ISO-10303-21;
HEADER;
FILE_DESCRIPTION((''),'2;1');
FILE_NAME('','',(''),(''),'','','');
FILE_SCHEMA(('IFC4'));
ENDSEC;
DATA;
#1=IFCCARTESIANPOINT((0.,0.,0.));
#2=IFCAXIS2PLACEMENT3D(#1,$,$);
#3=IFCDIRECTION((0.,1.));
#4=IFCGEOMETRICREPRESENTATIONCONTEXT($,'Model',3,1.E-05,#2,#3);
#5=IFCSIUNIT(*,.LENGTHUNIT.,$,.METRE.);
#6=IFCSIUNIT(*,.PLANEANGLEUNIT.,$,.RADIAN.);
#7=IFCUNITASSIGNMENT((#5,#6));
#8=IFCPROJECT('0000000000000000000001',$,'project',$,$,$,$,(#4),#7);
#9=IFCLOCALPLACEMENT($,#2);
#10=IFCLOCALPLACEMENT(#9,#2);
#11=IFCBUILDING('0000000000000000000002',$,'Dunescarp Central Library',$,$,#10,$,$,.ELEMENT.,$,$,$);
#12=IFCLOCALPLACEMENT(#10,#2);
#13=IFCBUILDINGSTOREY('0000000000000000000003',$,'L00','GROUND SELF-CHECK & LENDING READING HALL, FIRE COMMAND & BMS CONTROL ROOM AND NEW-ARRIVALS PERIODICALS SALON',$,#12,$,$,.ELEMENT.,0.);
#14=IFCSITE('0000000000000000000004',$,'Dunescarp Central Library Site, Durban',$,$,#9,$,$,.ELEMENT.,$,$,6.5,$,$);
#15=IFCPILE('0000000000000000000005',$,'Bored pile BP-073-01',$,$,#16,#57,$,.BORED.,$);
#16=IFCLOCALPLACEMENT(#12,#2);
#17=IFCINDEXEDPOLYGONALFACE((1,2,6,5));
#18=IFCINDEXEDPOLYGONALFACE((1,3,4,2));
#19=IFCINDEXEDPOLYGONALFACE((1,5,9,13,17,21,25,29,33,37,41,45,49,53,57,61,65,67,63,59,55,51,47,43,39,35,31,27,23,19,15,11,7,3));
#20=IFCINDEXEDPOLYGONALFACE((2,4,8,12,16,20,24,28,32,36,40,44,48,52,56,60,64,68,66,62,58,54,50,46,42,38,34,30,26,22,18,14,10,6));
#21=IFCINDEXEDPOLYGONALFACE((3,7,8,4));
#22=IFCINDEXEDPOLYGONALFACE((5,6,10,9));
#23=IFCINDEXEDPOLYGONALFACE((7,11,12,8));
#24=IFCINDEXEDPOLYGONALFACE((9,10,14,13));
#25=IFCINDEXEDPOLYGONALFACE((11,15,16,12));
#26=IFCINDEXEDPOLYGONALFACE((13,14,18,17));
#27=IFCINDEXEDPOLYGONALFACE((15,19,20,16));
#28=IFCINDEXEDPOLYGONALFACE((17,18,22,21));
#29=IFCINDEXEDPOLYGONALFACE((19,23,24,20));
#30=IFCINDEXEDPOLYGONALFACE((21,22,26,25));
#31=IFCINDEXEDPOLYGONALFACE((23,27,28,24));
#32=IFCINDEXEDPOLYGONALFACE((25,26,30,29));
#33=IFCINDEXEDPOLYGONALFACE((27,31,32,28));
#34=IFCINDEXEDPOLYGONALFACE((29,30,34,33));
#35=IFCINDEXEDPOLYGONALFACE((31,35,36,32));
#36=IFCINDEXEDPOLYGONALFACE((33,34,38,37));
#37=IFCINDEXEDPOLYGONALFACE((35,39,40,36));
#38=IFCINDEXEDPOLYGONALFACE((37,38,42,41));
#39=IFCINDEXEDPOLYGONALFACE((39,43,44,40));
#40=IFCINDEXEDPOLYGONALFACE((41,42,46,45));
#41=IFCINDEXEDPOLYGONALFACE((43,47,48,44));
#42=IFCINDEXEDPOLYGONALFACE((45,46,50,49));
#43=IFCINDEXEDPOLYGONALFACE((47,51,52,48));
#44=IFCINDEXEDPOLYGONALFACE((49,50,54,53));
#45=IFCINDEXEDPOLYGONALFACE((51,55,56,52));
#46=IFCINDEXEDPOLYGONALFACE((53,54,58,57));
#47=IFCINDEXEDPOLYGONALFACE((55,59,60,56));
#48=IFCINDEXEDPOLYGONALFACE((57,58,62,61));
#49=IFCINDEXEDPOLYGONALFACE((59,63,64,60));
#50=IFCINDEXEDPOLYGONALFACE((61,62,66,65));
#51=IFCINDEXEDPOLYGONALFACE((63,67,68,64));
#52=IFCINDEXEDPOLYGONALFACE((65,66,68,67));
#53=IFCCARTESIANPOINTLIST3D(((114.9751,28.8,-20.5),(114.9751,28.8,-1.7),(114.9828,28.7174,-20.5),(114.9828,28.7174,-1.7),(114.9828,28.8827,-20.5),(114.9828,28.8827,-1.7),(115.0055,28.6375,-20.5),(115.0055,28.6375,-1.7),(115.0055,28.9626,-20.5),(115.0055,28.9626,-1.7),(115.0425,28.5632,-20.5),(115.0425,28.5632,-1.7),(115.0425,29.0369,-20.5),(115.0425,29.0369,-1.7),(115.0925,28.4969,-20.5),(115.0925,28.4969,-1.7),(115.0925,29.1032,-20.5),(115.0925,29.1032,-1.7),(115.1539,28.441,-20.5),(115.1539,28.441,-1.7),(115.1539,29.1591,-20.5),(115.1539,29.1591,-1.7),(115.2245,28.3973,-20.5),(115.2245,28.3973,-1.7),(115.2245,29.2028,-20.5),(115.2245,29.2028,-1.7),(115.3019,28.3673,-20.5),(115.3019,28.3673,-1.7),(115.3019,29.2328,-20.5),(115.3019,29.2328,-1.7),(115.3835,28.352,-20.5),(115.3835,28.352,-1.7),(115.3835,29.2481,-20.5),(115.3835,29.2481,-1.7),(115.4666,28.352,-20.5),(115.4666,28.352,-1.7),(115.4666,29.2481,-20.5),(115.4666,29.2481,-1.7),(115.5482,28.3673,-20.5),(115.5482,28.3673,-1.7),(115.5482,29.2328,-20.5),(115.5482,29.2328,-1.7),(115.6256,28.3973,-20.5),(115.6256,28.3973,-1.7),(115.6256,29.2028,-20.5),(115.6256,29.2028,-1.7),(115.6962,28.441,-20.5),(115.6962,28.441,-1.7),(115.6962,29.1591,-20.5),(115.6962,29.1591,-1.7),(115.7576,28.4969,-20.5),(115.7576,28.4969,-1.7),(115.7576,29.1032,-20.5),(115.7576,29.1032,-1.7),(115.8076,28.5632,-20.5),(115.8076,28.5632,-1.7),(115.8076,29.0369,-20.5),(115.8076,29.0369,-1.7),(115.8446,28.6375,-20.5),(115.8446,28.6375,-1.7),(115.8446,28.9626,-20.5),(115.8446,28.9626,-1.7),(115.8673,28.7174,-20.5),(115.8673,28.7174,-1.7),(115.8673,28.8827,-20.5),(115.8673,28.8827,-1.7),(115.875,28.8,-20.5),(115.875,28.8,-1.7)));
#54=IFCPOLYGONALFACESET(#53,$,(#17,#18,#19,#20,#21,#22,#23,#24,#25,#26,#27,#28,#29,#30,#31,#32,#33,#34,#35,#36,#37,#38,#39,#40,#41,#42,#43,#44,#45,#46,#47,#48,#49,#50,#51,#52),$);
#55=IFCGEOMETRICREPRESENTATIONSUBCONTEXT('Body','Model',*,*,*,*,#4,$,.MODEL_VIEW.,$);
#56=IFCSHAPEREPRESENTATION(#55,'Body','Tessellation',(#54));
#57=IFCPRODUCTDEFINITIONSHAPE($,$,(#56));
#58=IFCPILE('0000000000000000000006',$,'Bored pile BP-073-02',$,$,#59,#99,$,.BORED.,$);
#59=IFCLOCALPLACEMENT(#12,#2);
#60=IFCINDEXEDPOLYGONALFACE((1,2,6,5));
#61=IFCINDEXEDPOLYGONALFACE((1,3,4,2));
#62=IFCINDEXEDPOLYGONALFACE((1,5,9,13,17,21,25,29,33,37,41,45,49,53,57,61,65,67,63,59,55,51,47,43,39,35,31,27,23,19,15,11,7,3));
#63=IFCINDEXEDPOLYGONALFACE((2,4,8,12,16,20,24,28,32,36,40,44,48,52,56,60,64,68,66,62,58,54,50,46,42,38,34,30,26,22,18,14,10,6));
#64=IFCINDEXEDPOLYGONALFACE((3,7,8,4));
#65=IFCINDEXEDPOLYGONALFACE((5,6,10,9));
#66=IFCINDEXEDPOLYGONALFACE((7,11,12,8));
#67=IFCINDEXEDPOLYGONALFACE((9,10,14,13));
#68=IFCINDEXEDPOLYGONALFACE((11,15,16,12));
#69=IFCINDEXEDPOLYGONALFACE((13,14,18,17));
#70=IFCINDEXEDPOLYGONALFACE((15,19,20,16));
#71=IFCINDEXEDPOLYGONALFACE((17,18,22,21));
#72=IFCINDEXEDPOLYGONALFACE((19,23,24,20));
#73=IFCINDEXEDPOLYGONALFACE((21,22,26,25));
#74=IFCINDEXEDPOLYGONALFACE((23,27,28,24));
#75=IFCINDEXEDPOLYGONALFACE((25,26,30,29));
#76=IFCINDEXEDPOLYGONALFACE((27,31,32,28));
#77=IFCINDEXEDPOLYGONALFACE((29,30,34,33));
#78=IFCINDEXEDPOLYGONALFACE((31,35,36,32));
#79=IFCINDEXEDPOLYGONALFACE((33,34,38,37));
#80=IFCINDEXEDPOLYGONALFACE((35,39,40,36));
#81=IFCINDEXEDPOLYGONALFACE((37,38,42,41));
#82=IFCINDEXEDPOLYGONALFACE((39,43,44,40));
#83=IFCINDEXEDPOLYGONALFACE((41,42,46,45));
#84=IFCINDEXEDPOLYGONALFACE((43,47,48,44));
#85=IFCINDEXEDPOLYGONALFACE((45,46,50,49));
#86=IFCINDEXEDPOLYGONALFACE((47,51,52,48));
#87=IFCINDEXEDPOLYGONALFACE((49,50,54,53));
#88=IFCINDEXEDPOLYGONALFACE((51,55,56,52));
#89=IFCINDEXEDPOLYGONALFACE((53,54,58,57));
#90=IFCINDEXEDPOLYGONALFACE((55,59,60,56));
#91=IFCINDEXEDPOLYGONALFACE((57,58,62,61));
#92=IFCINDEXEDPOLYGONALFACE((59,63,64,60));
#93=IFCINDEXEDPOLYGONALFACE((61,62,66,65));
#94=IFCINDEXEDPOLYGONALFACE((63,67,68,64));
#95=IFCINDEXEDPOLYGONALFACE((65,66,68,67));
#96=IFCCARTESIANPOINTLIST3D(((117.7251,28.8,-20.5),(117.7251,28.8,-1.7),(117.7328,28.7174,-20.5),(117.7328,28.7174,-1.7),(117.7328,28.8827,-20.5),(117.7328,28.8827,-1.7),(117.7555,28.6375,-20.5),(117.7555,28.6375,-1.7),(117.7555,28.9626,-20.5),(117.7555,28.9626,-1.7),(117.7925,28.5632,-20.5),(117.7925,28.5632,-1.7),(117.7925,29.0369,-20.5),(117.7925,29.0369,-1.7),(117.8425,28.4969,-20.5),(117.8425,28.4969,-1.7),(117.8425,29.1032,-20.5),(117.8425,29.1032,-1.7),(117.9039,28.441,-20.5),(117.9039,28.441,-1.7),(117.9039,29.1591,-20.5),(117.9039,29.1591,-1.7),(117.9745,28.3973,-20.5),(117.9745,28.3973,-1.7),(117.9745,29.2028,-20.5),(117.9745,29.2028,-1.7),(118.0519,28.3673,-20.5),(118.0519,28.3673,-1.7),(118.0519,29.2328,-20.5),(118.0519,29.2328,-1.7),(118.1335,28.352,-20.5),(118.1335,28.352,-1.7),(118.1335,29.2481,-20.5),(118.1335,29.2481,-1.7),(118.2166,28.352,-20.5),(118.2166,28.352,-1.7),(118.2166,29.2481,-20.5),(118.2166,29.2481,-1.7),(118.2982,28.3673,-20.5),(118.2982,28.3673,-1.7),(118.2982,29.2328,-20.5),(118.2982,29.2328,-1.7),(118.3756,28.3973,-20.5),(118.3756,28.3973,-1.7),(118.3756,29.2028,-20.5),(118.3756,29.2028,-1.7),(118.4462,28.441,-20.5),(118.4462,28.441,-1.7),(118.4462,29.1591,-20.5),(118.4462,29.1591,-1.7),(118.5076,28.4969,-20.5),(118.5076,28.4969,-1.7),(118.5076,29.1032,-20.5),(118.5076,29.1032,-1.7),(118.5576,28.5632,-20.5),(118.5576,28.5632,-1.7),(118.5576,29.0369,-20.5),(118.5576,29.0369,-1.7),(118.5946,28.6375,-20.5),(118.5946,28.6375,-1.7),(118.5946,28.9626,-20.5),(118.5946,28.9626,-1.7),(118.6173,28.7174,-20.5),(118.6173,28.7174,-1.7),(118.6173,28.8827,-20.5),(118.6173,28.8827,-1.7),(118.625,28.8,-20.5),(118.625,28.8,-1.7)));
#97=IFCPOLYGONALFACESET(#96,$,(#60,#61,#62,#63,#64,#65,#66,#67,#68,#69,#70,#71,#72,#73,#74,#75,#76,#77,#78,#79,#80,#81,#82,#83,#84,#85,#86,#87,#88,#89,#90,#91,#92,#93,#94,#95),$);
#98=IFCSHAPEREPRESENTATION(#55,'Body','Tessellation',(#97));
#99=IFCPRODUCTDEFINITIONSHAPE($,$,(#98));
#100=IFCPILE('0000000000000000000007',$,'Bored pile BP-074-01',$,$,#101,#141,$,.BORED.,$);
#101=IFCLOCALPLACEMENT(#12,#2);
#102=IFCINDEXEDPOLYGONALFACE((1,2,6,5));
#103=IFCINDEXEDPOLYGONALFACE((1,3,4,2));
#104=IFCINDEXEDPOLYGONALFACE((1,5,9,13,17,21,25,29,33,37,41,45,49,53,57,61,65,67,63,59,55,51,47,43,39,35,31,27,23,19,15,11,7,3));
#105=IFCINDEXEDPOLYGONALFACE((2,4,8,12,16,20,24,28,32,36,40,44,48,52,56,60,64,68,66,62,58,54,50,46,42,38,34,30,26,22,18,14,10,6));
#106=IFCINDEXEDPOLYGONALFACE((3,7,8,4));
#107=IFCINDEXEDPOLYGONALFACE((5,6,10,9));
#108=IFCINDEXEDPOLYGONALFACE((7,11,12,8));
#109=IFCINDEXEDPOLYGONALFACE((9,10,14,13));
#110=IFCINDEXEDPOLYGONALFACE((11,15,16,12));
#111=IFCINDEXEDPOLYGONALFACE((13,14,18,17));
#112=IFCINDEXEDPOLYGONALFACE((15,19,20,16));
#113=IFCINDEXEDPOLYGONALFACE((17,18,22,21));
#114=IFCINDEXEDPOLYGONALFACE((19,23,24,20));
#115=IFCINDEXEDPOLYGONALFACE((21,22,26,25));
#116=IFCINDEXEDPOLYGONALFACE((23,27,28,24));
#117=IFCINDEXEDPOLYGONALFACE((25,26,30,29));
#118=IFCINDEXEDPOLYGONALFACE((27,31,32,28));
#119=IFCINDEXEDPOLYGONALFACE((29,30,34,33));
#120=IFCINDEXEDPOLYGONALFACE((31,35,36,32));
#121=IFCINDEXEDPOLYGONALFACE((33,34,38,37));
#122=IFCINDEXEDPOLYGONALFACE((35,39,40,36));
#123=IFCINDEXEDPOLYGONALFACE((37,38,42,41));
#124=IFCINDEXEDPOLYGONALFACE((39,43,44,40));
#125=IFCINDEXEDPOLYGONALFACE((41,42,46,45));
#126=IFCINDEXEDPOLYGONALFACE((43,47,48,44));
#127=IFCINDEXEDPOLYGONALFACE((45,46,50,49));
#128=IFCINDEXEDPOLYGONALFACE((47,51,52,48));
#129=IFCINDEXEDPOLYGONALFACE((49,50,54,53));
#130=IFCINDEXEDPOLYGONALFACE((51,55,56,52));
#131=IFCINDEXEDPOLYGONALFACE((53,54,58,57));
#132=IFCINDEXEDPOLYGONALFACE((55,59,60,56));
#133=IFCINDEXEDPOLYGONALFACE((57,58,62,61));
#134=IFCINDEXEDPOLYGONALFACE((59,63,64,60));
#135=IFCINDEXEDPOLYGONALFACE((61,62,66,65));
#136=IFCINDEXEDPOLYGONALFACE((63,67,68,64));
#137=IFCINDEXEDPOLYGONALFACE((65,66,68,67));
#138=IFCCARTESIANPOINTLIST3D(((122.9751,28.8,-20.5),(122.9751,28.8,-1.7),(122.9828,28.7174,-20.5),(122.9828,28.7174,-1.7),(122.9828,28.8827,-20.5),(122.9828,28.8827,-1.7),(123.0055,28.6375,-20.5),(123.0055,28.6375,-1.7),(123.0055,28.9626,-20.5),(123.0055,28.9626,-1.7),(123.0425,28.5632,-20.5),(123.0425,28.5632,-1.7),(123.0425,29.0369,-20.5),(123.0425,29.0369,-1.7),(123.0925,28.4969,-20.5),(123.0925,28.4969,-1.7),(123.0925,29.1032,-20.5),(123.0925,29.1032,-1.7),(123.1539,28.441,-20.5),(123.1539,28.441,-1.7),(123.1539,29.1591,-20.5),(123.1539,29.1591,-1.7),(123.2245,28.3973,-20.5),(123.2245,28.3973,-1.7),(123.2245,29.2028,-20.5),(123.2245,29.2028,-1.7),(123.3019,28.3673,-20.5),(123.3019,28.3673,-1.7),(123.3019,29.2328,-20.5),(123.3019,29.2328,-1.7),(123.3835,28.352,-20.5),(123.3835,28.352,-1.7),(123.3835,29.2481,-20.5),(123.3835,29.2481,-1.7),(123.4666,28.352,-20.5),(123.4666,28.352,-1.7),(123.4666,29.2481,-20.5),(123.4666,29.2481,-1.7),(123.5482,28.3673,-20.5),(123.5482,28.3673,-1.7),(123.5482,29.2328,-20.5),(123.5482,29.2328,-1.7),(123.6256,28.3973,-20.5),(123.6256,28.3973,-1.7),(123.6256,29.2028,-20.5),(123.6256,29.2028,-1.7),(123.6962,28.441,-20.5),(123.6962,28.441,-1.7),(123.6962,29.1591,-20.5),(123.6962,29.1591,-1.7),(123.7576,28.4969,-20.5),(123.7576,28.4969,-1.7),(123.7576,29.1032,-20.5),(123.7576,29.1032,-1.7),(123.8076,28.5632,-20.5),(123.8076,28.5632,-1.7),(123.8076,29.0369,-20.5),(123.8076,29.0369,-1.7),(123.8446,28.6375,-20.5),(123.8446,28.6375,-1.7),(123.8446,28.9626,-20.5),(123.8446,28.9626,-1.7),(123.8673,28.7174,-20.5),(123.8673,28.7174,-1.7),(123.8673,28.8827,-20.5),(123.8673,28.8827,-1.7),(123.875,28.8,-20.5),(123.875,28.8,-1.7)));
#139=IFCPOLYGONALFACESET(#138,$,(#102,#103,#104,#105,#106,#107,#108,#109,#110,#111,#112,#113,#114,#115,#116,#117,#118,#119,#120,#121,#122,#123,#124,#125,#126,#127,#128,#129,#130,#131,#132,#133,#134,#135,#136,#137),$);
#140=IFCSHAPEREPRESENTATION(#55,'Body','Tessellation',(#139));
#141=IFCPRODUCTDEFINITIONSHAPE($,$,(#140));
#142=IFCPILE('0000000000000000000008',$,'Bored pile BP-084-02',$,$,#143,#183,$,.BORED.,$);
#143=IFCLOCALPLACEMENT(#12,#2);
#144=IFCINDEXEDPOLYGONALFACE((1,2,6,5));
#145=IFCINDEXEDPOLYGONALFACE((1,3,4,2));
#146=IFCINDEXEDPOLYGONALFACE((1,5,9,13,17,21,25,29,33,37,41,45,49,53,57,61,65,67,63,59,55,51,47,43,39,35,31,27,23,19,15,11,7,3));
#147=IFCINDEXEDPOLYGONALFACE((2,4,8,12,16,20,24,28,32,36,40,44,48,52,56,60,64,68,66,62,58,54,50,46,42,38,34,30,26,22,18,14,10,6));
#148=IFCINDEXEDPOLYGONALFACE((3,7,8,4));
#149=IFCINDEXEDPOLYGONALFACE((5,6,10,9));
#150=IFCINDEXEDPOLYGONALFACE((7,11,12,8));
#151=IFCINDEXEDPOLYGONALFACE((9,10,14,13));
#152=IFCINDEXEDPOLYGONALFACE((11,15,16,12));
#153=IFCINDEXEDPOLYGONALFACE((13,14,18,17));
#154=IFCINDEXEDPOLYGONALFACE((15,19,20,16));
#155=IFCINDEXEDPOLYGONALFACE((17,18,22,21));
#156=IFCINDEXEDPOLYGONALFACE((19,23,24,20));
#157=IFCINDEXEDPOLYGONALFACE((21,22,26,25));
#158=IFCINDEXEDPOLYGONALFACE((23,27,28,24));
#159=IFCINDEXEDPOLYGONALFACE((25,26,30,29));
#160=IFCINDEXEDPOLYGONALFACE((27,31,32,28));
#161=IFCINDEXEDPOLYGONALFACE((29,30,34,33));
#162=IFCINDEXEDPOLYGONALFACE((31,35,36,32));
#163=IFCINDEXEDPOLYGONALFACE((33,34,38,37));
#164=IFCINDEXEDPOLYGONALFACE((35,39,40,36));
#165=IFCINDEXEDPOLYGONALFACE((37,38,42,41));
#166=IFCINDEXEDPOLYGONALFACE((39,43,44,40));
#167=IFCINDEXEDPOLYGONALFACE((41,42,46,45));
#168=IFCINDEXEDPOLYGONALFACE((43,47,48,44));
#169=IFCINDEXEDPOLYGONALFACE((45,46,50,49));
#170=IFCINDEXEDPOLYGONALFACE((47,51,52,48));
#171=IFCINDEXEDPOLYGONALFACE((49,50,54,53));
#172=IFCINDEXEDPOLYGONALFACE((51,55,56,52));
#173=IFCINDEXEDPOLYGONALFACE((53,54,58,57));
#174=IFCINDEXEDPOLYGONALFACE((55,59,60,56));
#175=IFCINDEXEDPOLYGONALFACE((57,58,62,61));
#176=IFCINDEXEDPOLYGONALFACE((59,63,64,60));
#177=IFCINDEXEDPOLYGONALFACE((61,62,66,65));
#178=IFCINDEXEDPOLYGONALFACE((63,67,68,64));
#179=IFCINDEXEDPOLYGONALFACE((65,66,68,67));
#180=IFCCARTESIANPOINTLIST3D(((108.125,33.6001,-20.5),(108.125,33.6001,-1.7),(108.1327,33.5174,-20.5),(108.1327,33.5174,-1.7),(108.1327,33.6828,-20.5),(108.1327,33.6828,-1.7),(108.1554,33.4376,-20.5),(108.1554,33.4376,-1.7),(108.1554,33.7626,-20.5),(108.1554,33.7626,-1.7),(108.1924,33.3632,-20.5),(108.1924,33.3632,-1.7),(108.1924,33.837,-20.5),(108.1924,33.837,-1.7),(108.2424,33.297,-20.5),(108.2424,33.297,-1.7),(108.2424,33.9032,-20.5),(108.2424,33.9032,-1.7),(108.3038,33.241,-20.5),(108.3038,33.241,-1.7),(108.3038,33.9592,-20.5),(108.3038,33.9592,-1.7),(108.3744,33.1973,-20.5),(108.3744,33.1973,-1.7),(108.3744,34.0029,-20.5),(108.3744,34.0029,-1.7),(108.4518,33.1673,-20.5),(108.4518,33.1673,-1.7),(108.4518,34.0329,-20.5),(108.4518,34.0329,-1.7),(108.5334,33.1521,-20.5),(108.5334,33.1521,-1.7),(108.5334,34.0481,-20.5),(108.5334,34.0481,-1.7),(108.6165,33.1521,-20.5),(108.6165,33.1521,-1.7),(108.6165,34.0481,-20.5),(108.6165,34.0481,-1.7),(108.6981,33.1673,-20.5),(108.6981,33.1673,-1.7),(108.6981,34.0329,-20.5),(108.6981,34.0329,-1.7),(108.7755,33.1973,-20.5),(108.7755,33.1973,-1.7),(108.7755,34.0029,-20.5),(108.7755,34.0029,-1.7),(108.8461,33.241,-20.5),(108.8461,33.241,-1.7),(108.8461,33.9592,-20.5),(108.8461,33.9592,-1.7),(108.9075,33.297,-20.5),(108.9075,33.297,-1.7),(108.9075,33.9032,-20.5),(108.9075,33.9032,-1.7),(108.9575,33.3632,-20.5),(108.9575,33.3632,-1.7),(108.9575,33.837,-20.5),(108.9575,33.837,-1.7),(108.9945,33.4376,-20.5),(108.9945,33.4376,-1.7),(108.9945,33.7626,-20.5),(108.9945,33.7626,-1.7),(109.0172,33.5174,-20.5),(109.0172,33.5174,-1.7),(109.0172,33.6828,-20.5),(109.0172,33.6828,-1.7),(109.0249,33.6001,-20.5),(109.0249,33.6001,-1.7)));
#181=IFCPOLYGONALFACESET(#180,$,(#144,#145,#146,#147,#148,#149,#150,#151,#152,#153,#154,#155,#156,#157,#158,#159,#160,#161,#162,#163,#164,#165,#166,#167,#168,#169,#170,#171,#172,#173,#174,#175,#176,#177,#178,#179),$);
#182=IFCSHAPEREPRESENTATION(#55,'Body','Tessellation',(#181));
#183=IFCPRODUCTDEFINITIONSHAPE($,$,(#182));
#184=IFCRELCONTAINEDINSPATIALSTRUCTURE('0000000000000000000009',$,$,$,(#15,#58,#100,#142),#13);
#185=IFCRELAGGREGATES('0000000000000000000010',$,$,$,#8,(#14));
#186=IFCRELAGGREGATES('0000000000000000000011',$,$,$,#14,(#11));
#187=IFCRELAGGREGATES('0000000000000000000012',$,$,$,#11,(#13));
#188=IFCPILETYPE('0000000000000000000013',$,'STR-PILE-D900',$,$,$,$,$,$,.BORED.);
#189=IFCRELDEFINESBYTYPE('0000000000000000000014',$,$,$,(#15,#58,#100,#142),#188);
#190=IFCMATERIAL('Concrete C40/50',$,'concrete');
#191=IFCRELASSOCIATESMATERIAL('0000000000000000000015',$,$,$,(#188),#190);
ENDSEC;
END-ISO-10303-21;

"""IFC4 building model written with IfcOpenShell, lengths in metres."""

from ifc_helpers import new_model, si_unit, direction, frame, origin, origin_2d, place, context, subcontext, project, spatial, circle, extrude, material, material_profile, profile_set, type_object, element, save


model = new_model("IFC4")

# Units and contexts
model_context = context("Model", 3, precision=1e-05, world=origin(), true_north=direction((0.0, 1.0)))
body_context = subcontext(model_context, "Body", "Model", "MODEL_VIEW")
ifc_project = project(units=[si_unit("LENGTHUNIT", "METRE"), si_unit("PLANEANGLEUNIT", "RADIAN")], contexts=[model_context])

# Site, building, storey
site_placement = place(None, origin())
site = spatial("IfcSite", under=ifc_project, at=site_placement, Name="Dunescarp Central Library Site, Durban", CompositionType="ELEMENT", RefElevation=6.5)
building_placement = place(site_placement, origin())
building = spatial("IfcBuilding", under=site, at=building_placement, Name="Dunescarp Central Library", CompositionType="ELEMENT")
storey_placement = place(building_placement, origin())
storey = spatial("IfcBuildingStorey", under=building, at=storey_placement, Name="L00", Description="GROUND SELF-CHECK & LENDING READING HALL, FIRE COMMAND & BMS CONTROL ROOM AND NEW-ARRIVALS PERIODICALS SALON", CompositionType="ELEMENT", Elevation=0.0)

# Shared definitions
ifc_material_1 = material(Name="Concrete C40/50", Category="concrete")

# Piles
ifc_material_profile_1 = material_profile(ifc_material_1, circle(Radius=0.45, at=origin_2d()), Name="PILE D900")
ifc_profile_set_1 = profile_set([ifc_material_profile_1], Name="Concrete C40/50")
pile_type = type_object("IfcPileType", Name="STR-PILE-D900", PredefinedType="BORED", material=ifc_profile_set_1)
for number, where, z_axis, x_axis, name in (
    (1, (115.425, 28.8, -1.7), (0.0, 0.0, -1.0), (1.0, 0.0, 0.0), "Bored pile BP-073-01"),
    (2, (118.175, 28.8, -1.7), (0.0, 0.0, -1.0), (1.0, 0.0, 0.0), "Bored pile BP-073-02"),
    (3, (123.425, 28.8, -1.7), (0.0, 0.0, -1.0), (1.0, 0.0, 0.0), "Bored pile BP-074-01"),
    (4, (108.575, 33.6001, -1.7), (0.0, 0.0, -1.0), (1.0, 0.0, 0.0), "Bored pile BP-084-02"),
):
    element("IfcPile", number, at=place(storey_placement, frame(where, z_axis=z_axis, x_axis=x_axis)), inside=storey, type_object=pile_type, Name=name, PredefinedType="BORED", context=body_context, shape_type="SweptSolid", body=[
        extrude(circle(Radius=0.45, at=origin_2d()), origin(), (0.0, 0.0, 1.0), 18.8),
    ])

save(model, "model.ifc")
